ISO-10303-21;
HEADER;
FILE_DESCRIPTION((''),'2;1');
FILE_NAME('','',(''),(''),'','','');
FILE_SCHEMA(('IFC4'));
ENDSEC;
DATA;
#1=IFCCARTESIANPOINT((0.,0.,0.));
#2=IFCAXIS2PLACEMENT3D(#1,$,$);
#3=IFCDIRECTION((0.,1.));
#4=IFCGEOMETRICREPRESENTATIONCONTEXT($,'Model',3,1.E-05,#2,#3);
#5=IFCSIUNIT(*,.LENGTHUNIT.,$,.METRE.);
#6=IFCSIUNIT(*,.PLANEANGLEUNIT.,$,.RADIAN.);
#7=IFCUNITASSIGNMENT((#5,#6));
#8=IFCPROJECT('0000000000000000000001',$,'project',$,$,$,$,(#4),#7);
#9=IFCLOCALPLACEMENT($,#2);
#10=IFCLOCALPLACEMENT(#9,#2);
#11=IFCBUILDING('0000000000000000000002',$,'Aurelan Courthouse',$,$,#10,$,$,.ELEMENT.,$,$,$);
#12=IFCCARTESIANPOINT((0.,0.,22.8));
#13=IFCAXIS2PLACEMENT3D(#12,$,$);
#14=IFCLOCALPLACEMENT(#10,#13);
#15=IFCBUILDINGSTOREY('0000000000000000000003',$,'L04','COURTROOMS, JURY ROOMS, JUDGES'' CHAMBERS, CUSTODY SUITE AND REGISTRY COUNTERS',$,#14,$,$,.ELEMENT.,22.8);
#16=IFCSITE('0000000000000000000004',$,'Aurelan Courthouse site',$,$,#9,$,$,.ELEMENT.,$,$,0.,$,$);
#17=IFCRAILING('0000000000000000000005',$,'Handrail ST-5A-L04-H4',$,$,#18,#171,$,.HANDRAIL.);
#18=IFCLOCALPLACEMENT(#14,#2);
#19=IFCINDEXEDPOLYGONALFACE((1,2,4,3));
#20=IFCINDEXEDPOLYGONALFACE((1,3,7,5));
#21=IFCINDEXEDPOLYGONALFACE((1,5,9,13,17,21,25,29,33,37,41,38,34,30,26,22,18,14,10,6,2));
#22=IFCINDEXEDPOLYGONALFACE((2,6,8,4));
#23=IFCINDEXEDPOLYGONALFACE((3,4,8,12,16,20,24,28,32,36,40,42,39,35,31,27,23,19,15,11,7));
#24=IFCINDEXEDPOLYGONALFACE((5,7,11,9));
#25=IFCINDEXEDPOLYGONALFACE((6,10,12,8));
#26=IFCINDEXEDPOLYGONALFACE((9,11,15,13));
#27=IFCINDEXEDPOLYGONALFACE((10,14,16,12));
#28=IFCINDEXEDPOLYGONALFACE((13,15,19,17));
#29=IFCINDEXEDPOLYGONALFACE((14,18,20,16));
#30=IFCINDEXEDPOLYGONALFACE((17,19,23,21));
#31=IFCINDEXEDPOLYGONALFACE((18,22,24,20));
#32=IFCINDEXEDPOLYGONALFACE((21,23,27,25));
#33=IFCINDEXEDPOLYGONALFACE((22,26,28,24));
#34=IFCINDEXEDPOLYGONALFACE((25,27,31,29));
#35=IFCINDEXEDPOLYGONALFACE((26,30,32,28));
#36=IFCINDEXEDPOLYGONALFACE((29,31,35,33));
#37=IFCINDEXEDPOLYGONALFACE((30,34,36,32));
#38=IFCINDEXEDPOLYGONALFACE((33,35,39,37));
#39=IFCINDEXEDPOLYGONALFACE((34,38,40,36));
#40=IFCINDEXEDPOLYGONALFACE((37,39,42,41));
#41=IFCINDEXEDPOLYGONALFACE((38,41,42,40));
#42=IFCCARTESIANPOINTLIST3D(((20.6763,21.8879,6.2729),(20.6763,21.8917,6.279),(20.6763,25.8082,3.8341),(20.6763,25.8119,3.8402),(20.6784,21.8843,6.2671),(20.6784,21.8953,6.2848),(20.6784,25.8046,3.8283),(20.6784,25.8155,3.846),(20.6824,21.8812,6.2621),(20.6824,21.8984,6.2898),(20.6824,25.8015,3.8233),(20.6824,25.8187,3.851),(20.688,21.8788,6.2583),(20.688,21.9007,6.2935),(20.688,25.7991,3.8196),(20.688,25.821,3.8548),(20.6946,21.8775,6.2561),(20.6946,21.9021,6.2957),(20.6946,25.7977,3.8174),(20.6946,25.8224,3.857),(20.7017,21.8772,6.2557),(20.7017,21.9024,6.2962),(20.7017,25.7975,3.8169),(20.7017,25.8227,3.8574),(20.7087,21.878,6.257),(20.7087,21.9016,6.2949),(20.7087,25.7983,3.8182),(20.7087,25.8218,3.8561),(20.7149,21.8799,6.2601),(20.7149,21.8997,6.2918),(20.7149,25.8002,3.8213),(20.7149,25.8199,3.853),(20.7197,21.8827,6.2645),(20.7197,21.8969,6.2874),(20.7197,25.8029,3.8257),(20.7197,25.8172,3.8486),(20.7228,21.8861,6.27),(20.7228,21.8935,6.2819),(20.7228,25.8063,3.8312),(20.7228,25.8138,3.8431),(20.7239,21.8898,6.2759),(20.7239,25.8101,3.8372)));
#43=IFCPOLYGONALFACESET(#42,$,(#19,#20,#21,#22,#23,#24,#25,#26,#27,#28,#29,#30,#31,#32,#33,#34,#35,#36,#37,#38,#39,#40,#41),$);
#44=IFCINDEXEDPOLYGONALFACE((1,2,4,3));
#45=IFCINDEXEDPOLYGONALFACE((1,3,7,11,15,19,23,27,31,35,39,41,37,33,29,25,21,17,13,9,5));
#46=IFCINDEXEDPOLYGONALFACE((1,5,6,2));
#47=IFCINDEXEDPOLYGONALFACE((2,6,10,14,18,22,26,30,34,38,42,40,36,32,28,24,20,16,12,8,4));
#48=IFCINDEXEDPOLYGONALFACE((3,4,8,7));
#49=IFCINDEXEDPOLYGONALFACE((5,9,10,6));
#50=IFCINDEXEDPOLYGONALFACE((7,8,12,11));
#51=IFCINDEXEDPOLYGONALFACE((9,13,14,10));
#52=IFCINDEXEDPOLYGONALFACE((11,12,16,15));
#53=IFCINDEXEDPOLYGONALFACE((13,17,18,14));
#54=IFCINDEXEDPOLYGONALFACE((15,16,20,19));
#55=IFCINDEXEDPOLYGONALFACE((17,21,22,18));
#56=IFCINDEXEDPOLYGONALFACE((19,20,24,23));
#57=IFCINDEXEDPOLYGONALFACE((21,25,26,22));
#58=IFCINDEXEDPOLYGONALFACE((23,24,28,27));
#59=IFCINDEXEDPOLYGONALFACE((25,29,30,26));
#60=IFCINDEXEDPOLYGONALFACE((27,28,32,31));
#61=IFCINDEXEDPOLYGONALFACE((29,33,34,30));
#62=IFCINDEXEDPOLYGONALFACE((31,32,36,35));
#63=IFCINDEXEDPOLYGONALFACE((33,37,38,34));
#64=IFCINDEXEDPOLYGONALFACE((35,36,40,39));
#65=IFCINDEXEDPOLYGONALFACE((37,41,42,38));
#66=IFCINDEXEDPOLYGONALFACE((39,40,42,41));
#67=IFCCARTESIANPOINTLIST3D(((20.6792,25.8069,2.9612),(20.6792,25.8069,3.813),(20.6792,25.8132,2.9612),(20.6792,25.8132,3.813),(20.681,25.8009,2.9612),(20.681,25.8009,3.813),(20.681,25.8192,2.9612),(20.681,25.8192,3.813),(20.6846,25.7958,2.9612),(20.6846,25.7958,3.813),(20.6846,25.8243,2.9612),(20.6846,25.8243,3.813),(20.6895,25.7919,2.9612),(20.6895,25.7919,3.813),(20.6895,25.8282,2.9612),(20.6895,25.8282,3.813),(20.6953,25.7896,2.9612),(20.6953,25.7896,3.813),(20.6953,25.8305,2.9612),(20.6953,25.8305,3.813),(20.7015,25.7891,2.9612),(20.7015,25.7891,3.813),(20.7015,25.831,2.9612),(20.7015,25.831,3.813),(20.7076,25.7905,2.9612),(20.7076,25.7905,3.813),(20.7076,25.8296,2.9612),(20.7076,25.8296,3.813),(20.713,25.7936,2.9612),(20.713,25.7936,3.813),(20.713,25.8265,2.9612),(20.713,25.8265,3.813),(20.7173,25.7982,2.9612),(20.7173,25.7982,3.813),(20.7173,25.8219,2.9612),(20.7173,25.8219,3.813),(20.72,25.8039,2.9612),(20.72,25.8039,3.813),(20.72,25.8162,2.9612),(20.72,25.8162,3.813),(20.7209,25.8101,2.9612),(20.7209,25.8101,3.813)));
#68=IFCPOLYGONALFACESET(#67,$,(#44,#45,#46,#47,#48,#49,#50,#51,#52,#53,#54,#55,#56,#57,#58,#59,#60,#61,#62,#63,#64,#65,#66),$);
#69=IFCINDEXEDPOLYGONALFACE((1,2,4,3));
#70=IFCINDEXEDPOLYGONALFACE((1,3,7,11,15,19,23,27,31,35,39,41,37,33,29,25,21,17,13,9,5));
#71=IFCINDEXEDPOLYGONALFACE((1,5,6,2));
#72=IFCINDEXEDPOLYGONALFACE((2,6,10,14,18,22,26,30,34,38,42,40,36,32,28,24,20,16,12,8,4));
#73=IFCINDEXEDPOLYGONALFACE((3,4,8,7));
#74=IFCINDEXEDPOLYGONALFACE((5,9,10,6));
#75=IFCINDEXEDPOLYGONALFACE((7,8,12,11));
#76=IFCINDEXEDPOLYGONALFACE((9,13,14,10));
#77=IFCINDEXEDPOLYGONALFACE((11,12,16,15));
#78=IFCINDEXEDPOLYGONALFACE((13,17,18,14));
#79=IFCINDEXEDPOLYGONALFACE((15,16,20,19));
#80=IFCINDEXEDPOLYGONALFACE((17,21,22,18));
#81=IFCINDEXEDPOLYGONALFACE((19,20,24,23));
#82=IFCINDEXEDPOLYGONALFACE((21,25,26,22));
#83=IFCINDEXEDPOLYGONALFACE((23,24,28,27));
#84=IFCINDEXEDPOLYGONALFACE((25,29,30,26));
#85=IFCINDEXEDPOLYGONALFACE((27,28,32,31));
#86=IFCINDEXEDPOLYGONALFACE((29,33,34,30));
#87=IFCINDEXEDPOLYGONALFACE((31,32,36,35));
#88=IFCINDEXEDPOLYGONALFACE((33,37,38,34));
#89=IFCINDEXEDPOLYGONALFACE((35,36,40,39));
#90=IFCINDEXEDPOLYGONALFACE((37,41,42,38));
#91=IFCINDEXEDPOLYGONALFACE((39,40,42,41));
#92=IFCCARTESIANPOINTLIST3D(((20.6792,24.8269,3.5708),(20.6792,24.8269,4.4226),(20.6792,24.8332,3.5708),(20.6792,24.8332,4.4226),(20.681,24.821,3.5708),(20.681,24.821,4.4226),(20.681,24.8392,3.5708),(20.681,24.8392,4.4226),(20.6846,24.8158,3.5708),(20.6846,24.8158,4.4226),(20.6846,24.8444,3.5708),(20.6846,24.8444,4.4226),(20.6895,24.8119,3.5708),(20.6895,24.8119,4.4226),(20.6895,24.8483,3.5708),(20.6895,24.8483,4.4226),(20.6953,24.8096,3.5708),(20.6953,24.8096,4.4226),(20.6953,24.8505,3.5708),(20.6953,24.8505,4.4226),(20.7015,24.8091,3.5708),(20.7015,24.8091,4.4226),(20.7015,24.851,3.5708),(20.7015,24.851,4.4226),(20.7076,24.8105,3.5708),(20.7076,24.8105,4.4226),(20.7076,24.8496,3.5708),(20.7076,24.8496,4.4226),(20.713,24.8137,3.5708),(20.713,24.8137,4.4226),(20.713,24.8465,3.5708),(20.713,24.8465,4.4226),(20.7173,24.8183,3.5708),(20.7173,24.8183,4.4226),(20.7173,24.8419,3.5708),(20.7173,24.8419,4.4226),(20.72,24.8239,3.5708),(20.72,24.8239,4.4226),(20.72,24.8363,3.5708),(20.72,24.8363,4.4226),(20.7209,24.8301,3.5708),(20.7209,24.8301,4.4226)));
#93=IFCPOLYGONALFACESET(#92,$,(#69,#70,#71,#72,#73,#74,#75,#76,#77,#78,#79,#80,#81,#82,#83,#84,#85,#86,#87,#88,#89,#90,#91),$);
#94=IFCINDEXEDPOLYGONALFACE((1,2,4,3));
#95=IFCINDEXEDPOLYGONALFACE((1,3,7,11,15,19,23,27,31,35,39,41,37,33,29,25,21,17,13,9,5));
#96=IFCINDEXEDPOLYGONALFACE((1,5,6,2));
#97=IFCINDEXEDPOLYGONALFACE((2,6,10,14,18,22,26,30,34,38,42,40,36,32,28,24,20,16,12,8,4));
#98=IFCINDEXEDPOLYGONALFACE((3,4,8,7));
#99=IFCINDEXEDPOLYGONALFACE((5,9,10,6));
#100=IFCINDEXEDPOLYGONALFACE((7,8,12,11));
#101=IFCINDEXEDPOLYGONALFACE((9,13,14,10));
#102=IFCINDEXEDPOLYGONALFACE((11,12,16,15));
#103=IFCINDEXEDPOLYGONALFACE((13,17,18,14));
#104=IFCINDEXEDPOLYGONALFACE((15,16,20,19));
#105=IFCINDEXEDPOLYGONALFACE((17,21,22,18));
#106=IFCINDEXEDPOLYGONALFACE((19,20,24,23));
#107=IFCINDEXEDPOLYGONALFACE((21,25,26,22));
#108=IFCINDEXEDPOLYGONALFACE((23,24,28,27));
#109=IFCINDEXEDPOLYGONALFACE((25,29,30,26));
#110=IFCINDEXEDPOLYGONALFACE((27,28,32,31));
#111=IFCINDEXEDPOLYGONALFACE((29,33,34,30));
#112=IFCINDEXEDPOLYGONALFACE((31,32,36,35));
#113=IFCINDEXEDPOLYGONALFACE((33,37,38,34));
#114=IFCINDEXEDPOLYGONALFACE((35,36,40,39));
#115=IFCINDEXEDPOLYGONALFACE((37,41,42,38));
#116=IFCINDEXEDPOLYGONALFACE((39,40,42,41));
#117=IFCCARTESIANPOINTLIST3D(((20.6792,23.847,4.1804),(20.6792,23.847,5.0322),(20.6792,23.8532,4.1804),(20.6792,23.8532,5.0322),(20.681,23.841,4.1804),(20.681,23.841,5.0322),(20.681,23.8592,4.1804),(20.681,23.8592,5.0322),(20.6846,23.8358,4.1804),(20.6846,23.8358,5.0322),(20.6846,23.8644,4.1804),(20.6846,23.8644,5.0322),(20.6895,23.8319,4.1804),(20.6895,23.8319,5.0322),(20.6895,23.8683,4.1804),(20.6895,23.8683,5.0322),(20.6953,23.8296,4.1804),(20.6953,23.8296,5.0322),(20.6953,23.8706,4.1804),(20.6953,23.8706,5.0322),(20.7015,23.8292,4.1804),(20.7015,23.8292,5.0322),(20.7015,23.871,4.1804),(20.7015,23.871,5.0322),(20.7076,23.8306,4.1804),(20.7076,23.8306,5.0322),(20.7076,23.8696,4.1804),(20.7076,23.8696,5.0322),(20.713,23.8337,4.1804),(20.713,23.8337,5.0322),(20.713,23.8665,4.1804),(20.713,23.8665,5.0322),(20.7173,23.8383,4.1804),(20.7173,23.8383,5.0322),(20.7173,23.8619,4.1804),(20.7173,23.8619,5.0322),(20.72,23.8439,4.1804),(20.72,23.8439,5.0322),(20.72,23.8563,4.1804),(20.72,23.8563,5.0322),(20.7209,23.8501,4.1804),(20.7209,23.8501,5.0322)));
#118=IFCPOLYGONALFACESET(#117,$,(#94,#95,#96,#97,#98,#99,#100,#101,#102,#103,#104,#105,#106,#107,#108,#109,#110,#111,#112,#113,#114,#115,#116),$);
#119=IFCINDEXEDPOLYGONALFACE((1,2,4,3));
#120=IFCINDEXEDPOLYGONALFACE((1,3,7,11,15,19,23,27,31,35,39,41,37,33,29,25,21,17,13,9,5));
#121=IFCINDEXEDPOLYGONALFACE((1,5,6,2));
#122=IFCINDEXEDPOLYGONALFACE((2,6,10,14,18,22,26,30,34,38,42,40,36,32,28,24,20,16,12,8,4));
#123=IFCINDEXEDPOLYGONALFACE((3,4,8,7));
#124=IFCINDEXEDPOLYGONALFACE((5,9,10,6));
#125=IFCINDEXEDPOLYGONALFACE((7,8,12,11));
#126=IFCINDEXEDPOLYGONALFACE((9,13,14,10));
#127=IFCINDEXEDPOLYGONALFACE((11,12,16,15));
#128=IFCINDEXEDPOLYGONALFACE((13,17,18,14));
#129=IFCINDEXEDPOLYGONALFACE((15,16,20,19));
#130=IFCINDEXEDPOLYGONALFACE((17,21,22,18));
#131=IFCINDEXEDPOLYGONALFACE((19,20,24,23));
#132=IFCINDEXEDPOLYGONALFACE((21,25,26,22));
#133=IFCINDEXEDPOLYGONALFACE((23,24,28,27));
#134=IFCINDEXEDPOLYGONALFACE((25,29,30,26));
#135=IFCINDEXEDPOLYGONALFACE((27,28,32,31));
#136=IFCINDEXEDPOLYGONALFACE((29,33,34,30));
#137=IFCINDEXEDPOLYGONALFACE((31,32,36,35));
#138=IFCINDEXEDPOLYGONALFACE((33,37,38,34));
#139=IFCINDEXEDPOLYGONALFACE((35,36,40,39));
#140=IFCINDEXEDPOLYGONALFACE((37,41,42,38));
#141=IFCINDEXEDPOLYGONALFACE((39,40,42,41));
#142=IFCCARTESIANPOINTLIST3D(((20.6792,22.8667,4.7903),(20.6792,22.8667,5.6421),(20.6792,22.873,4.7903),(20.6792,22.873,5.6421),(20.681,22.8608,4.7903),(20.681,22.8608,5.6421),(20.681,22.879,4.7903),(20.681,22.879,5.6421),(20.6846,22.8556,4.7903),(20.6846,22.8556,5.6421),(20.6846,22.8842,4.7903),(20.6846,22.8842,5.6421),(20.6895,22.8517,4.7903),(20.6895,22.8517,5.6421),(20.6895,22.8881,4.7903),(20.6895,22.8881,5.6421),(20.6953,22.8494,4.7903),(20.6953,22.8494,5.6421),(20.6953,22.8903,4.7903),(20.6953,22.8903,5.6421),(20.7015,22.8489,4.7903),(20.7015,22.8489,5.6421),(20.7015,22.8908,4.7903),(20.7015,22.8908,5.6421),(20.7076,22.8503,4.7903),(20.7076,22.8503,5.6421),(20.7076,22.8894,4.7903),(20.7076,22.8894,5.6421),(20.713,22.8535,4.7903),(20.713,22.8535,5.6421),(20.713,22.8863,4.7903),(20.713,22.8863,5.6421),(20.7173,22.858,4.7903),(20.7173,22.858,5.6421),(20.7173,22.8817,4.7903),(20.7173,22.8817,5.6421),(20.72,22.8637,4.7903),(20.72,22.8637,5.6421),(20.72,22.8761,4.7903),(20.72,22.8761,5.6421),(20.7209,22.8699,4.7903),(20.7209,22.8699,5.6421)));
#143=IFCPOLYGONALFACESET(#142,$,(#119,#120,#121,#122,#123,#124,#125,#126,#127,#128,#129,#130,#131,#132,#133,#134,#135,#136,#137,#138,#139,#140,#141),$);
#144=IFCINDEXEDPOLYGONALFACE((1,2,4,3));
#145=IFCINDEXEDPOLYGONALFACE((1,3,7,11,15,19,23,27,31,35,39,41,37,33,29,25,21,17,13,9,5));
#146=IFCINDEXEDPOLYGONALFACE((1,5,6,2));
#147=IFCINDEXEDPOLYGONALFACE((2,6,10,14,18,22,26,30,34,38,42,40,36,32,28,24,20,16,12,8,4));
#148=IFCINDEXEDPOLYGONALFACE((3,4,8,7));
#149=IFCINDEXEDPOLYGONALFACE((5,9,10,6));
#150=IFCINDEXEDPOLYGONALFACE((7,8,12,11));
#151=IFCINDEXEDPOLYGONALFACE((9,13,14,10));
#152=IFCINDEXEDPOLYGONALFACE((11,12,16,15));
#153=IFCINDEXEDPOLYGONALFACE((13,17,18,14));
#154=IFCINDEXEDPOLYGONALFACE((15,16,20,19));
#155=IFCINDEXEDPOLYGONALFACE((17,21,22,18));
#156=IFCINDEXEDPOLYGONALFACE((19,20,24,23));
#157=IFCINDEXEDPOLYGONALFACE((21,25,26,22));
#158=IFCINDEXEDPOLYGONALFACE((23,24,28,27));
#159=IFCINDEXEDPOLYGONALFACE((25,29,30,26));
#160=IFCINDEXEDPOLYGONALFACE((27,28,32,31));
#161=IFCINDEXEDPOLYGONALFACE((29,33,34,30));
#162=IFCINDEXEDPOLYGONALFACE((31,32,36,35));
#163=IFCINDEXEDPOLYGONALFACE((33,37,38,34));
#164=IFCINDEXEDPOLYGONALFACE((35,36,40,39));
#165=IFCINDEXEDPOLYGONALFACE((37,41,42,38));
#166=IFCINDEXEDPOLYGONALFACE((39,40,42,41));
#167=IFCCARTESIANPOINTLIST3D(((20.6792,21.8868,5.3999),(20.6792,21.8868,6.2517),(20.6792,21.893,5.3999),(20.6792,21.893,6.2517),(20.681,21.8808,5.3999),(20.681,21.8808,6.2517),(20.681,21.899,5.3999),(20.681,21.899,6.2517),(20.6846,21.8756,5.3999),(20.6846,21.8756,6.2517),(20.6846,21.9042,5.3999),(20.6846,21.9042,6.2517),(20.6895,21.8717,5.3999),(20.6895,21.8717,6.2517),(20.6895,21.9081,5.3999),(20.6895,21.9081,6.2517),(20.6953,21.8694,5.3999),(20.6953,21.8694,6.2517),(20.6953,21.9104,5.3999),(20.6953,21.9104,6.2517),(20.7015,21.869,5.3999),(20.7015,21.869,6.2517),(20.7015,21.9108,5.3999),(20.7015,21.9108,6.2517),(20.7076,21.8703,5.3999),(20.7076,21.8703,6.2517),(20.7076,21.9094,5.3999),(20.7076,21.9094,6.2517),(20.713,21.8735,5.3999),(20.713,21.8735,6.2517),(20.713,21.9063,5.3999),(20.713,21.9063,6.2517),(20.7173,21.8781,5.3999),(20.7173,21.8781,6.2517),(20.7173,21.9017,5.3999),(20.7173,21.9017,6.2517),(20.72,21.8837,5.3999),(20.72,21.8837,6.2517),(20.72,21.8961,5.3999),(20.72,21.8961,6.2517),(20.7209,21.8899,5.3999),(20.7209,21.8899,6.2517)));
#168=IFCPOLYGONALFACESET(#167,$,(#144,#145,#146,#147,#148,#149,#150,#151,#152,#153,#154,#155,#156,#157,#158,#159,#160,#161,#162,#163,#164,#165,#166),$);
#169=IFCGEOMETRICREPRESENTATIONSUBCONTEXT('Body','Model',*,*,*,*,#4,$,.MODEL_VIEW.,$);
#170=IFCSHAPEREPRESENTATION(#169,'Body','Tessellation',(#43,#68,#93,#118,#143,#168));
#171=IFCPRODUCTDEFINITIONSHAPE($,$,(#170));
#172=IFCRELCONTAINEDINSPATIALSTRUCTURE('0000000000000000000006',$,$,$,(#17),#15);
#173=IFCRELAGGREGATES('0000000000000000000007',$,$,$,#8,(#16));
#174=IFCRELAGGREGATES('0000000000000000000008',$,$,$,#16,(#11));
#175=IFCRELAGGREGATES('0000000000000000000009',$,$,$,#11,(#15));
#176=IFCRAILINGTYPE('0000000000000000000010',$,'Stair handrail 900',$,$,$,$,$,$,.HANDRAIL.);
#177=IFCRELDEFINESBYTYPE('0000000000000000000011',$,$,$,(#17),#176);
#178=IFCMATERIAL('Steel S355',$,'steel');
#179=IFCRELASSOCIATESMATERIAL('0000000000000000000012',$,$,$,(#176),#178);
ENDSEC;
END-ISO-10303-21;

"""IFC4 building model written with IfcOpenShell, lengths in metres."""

from ifc_helpers import new_model, si_unit, direction, frame, origin, origin_2d, place, context, subcontext, project, spatial, circle, extrude, material, type_object, element, save


model = new_model("IFC4")

# Units and contexts
model_context = context("Model", 3, precision=1e-05, world=origin(), true_north=direction((0.0, 1.0)))
body_context = subcontext(model_context, "Body", "Model", "MODEL_VIEW")
ifc_project = project(units=[si_unit("LENGTHUNIT", "METRE"), si_unit("PLANEANGLEUNIT", "RADIAN")], contexts=[model_context])

# Site, building, storey
site_placement = place(None, origin())
site = spatial("IfcSite", under=ifc_project, at=site_placement, Name="Aurelan Courthouse site", CompositionType="ELEMENT", RefElevation=0.0)
building_placement = place(site_placement, origin())
building = spatial("IfcBuilding", under=site, at=building_placement, Name="Aurelan Courthouse", CompositionType="ELEMENT")
storey_placement = place(building_placement, frame((0.0, 0.0, 22.8)))
storey = spatial("IfcBuildingStorey", under=building, at=storey_placement, Name="L04", Description="COURTROOMS, JURY ROOMS, JUDGES' CHAMBERS, CUSTODY SUITE AND REGISTRY COUNTERS", CompositionType="ELEMENT", Elevation=22.8)

# Railing
ifc_material_1 = material(Name="Steel S355", Category="steel")
railing_type_1 = type_object("IfcRailingType", Name="Stair handrail 900", PredefinedType="HANDRAIL", material=ifc_material_1)
for number, where, name in (
    (1, (20.7, 25.8101, 2.9612), "Handrail ST-5A-L04-H4"),
):
    element("IfcRailing", number, at=place(storey_placement, frame(where)), inside=storey, type_object=railing_type_1, Name=name, PredefinedType="HANDRAIL", context=body_context, shape_type="SweptSolid", body=[
        extrude(circle(Radius=0.0239, at=origin_2d()), frame((0.0, 0.0, 0.876), z_axis=(0.0, -0.849105, 0.528225), x_axis=(1.0, 0.0, 0.0)), (0.0, 0.0, 1.0), 4.6169),
        extrude(circle(Radius=0.021, at=origin_2d()), origin(), (0.0, 0.0, 1.0), 0.8518),
        extrude(circle(Radius=0.021, at=origin_2d()), frame((0.0, -0.98, 0.6096)), (0.0, 0.0, 1.0), 0.8518),
        extrude(circle(Radius=0.021, at=origin_2d()), frame((0.0, -1.96, 1.2192)), (0.0, 0.0, 1.0), 0.8518),
        extrude(circle(Radius=0.021, at=origin_2d()), frame((0.0, -2.9402, 1.8291)), (0.0, 0.0, 1.0), 0.8518),
        extrude(circle(Radius=0.021, at=origin_2d()), frame((0.0, -3.9202, 2.4387)), (0.0, 0.0, 1.0), 0.8518),
    ])

save(model, "model.ifc")
